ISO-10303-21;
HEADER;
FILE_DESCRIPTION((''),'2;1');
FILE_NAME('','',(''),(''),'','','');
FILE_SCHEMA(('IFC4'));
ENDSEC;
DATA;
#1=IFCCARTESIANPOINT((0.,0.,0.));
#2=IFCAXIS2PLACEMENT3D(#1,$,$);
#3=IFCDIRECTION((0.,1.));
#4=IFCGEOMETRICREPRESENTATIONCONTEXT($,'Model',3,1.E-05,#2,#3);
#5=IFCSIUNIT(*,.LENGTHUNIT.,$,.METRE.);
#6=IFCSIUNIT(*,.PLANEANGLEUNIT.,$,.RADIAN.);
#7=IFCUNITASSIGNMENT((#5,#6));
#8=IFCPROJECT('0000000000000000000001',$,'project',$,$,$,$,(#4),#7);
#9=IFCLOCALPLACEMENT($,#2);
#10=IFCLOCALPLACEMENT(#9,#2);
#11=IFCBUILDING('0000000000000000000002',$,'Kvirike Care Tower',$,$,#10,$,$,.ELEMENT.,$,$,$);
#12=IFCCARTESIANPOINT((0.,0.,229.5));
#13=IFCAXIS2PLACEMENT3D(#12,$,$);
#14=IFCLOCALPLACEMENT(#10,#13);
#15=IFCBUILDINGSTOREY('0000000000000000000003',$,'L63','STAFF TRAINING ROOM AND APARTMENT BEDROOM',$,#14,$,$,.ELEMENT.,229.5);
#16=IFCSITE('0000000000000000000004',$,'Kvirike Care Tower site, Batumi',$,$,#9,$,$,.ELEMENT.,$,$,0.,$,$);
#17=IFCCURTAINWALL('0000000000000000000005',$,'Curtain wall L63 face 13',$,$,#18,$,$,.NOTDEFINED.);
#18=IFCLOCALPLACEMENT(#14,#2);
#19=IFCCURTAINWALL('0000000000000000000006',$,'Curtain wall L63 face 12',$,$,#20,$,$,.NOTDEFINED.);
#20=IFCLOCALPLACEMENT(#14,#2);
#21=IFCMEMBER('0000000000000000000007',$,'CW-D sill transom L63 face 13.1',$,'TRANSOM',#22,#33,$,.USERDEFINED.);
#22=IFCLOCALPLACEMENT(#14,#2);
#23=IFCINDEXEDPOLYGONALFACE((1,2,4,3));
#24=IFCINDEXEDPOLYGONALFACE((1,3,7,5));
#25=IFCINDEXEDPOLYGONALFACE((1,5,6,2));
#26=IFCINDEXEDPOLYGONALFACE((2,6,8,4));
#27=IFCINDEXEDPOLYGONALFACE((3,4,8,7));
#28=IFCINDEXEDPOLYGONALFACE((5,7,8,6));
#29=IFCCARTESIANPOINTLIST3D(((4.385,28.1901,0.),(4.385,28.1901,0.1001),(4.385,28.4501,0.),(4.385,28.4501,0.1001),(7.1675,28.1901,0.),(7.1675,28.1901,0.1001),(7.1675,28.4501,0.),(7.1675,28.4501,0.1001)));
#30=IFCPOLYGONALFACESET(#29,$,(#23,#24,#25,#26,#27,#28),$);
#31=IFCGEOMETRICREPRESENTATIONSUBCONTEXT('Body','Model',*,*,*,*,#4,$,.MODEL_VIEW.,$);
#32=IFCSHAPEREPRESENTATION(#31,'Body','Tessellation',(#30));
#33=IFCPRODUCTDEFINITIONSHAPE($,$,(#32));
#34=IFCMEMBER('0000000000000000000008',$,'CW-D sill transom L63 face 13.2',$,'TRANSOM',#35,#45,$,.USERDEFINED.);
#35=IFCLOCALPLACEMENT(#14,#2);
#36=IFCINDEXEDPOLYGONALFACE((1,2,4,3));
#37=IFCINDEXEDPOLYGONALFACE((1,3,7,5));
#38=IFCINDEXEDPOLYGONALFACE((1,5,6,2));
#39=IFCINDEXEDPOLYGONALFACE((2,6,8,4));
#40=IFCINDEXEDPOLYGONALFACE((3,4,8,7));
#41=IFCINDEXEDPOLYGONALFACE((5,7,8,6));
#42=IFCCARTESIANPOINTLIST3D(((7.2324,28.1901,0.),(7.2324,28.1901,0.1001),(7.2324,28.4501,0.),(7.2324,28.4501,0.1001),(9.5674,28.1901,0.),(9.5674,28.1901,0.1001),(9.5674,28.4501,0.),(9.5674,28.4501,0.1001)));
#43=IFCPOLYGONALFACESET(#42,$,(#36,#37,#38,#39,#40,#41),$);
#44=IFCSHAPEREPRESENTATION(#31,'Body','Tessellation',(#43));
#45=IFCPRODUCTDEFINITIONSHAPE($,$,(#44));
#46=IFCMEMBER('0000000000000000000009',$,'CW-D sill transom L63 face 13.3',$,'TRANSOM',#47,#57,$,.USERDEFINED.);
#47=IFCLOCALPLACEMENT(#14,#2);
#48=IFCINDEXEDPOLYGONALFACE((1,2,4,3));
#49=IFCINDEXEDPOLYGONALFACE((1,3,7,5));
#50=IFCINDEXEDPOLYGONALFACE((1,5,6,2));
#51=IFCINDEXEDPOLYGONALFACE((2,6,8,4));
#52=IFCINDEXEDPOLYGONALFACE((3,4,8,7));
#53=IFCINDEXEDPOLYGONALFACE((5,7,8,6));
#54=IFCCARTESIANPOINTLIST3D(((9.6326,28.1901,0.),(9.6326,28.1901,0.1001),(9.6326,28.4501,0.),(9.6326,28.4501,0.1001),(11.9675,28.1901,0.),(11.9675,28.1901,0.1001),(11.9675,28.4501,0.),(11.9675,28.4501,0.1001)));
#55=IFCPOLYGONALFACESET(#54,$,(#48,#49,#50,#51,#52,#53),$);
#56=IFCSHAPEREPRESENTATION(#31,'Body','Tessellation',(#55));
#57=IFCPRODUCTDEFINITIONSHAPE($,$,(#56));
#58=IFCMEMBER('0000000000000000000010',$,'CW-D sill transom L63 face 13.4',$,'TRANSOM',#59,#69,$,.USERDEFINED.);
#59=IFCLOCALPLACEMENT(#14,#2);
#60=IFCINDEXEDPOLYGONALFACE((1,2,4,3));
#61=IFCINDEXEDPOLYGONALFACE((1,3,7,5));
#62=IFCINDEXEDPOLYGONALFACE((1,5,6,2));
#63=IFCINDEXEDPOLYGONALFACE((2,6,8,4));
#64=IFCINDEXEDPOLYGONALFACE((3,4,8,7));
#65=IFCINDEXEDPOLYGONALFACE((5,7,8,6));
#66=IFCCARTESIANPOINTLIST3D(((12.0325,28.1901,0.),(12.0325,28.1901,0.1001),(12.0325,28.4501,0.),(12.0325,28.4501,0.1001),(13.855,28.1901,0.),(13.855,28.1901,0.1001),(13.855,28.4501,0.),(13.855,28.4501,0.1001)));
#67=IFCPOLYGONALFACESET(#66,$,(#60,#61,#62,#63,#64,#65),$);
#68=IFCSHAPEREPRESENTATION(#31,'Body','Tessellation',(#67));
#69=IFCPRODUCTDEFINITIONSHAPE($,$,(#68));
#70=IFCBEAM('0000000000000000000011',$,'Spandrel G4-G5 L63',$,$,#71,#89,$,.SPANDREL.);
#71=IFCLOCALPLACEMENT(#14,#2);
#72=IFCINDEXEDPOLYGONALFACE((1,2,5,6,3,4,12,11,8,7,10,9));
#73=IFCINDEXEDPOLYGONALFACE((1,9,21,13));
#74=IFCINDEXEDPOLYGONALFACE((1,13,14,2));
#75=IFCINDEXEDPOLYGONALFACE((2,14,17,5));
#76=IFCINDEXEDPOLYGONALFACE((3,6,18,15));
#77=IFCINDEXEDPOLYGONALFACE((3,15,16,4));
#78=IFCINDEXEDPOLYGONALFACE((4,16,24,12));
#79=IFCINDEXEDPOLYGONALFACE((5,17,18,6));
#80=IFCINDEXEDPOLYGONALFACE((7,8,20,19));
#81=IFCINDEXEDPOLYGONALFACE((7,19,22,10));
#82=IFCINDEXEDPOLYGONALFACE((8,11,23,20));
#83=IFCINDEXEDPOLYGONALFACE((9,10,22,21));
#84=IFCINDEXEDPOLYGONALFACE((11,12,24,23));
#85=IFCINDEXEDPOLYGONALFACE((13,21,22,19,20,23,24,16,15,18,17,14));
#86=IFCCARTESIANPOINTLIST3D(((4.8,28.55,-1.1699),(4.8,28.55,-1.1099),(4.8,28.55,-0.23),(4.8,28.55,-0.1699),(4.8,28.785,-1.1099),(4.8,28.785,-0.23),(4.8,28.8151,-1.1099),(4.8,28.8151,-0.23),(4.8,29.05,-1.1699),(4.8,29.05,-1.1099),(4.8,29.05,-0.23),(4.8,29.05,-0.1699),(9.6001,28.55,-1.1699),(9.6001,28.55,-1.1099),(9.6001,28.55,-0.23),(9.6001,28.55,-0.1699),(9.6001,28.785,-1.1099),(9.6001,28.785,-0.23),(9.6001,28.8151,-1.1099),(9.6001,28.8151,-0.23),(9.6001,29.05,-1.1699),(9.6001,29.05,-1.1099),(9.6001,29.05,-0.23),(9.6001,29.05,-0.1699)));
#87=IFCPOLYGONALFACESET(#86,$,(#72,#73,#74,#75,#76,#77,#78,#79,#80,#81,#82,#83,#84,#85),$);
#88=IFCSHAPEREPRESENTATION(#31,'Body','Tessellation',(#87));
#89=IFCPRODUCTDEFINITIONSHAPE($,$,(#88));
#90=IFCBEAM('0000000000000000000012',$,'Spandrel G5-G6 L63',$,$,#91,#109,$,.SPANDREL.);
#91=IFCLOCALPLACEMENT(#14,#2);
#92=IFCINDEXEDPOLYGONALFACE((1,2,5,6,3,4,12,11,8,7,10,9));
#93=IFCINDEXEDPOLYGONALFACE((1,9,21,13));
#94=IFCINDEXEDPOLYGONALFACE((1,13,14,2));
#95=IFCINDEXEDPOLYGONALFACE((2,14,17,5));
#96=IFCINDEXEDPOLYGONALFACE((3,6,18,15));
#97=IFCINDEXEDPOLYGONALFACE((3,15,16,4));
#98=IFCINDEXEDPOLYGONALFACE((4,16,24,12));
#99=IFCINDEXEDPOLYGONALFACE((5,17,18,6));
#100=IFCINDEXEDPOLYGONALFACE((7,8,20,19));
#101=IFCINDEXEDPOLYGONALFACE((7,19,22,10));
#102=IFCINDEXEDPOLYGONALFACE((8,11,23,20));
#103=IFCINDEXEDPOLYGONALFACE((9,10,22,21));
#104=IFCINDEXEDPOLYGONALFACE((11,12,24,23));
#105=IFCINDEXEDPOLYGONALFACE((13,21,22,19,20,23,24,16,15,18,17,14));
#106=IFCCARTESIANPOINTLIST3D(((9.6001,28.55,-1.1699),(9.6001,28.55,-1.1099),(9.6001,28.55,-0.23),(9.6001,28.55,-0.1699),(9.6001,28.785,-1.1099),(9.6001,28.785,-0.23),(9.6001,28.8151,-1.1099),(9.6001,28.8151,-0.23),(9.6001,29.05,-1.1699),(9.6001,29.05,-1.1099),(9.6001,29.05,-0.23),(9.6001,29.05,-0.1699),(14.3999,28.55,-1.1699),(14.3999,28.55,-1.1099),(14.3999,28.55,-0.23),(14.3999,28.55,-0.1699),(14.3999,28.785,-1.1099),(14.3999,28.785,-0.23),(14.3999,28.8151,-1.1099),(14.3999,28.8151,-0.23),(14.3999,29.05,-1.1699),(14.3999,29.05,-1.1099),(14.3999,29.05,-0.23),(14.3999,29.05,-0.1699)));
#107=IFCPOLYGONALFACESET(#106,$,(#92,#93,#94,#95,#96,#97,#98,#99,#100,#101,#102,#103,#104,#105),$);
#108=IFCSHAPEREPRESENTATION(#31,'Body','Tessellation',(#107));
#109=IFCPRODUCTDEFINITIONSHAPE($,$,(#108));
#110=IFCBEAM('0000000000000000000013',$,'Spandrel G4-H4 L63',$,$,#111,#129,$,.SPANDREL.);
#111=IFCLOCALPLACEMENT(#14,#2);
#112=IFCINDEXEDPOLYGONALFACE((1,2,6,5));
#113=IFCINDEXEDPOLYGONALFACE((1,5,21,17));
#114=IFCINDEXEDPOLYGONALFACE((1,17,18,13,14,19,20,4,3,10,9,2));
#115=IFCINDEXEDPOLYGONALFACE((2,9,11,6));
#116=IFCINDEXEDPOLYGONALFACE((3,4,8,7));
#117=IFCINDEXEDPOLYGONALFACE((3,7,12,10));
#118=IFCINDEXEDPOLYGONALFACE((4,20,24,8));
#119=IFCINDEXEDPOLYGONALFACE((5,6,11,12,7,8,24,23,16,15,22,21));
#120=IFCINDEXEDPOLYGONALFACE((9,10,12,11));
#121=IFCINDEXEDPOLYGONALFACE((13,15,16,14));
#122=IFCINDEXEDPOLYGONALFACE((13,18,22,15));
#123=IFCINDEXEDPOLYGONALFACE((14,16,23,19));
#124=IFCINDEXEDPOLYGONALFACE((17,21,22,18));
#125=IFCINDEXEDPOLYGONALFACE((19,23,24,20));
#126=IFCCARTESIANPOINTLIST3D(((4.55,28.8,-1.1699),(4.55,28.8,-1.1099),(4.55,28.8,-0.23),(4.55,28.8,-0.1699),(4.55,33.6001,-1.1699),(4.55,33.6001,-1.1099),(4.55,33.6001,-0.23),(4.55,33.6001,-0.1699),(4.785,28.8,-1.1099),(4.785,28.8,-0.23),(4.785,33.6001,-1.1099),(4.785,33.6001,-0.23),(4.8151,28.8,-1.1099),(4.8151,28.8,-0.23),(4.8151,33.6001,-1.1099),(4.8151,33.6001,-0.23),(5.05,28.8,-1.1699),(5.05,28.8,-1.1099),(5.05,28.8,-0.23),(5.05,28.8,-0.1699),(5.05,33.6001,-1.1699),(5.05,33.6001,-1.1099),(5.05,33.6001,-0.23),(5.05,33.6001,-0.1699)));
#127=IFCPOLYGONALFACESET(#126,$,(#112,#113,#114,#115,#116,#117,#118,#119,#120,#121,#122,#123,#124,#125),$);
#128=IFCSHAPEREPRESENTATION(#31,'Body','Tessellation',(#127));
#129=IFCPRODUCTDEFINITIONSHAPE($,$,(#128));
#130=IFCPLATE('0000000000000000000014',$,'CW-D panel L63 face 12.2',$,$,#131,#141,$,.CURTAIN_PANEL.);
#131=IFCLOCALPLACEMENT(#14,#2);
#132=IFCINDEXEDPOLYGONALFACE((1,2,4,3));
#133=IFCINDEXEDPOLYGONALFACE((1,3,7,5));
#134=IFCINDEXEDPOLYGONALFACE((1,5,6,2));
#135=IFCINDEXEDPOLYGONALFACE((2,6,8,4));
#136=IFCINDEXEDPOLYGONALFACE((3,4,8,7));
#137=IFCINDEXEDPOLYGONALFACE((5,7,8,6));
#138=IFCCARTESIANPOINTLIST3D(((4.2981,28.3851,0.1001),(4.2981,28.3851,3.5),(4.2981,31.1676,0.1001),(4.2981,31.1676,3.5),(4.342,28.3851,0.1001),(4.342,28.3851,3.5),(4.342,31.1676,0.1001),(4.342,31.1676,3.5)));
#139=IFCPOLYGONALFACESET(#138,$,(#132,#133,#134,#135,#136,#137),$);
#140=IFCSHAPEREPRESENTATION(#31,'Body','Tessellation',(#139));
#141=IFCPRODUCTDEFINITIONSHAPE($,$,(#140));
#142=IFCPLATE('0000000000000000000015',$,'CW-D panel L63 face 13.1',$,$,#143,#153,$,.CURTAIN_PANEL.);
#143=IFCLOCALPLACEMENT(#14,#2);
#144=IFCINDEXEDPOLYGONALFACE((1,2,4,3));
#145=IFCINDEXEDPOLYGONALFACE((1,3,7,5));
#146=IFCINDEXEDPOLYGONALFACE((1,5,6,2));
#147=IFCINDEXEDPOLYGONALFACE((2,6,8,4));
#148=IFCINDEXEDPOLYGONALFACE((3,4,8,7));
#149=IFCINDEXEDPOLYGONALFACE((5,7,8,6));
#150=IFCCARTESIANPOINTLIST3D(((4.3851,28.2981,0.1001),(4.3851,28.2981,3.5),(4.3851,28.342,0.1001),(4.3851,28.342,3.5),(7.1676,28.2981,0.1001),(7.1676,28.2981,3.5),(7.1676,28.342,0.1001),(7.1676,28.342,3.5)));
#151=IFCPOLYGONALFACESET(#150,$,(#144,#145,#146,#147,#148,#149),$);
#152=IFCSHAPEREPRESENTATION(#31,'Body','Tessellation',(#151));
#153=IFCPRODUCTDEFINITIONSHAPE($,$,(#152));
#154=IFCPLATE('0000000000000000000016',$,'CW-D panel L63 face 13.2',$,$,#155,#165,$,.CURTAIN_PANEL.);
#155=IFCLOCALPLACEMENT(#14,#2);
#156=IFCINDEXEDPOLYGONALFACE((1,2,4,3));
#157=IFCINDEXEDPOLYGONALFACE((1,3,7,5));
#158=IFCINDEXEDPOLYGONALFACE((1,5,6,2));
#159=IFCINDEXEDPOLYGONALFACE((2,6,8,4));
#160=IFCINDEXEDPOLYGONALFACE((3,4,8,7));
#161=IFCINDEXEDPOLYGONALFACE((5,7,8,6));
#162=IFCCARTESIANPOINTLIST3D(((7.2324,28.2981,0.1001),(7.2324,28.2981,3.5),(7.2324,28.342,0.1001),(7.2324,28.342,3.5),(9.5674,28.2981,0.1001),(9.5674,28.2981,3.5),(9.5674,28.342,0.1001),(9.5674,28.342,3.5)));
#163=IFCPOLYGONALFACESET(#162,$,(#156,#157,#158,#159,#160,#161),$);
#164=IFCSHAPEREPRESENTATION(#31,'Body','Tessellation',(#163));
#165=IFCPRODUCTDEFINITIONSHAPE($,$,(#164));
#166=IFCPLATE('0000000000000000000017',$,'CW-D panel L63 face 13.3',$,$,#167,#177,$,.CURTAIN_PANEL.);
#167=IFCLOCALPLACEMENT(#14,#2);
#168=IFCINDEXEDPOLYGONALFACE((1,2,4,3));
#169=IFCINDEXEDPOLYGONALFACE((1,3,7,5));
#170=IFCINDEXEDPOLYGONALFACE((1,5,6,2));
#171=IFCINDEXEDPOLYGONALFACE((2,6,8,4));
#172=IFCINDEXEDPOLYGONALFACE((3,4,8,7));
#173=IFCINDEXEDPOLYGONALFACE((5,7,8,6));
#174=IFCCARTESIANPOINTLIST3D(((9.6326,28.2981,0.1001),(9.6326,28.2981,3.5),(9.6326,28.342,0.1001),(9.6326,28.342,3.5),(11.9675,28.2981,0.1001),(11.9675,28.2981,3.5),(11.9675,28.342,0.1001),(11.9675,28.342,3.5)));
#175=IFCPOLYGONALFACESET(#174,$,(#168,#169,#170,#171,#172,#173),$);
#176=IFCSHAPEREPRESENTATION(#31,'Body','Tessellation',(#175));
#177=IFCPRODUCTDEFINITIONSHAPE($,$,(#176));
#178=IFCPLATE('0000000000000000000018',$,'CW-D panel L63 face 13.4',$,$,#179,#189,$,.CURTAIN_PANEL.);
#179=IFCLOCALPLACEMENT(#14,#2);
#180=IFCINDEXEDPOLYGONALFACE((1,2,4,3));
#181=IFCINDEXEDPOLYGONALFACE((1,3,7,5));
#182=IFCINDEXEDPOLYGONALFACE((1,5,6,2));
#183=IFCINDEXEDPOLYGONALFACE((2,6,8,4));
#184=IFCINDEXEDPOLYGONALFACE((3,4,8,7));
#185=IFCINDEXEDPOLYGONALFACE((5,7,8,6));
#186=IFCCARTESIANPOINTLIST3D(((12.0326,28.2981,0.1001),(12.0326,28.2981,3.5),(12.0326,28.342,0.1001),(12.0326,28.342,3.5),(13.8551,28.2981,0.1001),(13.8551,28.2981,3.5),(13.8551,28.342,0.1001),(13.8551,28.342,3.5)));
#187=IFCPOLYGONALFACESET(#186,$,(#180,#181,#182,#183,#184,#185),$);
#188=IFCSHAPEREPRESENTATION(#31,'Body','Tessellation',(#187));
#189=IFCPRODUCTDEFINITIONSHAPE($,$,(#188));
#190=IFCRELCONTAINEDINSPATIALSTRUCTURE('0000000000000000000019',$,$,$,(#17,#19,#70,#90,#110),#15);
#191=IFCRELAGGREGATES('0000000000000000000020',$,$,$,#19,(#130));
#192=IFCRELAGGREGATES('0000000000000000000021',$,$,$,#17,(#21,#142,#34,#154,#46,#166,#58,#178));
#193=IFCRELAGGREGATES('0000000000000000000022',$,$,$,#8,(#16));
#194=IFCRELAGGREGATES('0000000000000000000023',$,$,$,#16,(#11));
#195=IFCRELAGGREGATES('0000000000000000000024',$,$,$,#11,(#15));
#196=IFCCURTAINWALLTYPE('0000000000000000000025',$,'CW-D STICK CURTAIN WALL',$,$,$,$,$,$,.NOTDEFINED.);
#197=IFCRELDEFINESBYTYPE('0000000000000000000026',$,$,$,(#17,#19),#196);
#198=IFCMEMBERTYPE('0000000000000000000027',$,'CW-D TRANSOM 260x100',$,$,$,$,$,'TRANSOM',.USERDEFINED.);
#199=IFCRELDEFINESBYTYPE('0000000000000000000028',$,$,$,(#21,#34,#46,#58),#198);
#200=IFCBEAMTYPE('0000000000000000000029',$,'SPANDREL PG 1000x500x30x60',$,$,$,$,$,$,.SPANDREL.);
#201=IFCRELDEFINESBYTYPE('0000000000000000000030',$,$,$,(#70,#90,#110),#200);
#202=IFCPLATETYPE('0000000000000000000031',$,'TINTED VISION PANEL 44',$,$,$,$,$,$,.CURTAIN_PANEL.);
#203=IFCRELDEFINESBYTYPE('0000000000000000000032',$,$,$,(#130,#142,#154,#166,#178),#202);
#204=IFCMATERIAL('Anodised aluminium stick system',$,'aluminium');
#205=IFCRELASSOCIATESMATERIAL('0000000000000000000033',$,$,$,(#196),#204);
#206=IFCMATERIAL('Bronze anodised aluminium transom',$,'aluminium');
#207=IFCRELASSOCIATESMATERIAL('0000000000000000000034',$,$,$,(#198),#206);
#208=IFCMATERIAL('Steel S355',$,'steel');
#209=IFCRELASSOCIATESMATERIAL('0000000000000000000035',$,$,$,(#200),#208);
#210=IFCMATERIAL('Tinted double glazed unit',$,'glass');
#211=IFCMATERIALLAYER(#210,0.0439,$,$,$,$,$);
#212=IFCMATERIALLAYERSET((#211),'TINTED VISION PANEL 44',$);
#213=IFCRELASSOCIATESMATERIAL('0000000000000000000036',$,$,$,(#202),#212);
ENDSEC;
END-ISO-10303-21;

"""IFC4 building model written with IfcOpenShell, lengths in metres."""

from ifc_helpers import new_model, si_unit, direction, frame, origin, origin_2d, place, context, subcontext, project, spatial, rectangle, i_section, extrude, material, layer, layer_set, material_profile, profile_set, type_object, element, aggregate, save


model = new_model("IFC4")

# Units and contexts
model_context = context("Model", 3, precision=1e-05, world=origin(), true_north=direction((0.0, 1.0)))
body_context = subcontext(model_context, "Body", "Model", "MODEL_VIEW")
ifc_project = project(units=[si_unit("LENGTHUNIT", "METRE"), si_unit("PLANEANGLEUNIT", "RADIAN")], contexts=[model_context])

# Site, building, storey
site_placement = place(None, origin())
site = spatial("IfcSite", under=ifc_project, at=site_placement, Name="Kvirike Care Tower site, Batumi", CompositionType="ELEMENT", RefElevation=0.0)
building_placement = place(site_placement, origin())
building = spatial("IfcBuilding", under=site, at=building_placement, Name="Kvirike Care Tower", CompositionType="ELEMENT")
storey_placement = place(building_placement, frame((0.0, 0.0, 229.5)))
storey = spatial("IfcBuildingStorey", under=building, at=storey_placement, Name="L63", Description="STAFF TRAINING ROOM AND APARTMENT BEDROOM", CompositionType="ELEMENT", Elevation=229.5)

# Curtain wall
ifc_material_1 = material(Name="Anodised aluminium stick system", Category="aluminium")
curtain_wall_type = type_object("IfcCurtainWallType", Name="CW-D STICK CURTAIN WALL", PredefinedType="NOTDEFINED", material=ifc_material_1)
curtain_wall_1_placement = place(storey_placement, origin())
curtain_wall_1 = element("IfcCurtainWall", 1, at=curtain_wall_1_placement, inside=storey, type_object=curtain_wall_type, Name="Curtain wall L63 face 13", PredefinedType="NOTDEFINED")

# Curtain wall
curtain_wall_2_placement = place(storey_placement, origin())
curtain_wall_2 = element("IfcCurtainWall", 2, at=curtain_wall_2_placement, inside=storey, type_object=curtain_wall_type, Name="Curtain wall L63 face 12", PredefinedType="NOTDEFINED")

# Members
ifc_material_2 = material(Name="Bronze anodised aluminium transom", Category="aluminium")
ifc_material_profile_1 = material_profile(ifc_material_2, rectangle(XDim=0.26, YDim=0.1001, at=origin_2d()), Name="CW-D TRANSOM 260x100")
ifc_profile_set_1 = profile_set([ifc_material_profile_1], Name="Bronze anodised aluminium transom")
member_type_1 = type_object("IfcMemberType", Name="CW-D TRANSOM 260x100", ElementType="TRANSOM", PredefinedType="USERDEFINED", material=ifc_profile_set_1)
member_1_placement = place(storey_placement, frame((4.385, 28.3201, 0.05), z_axis=(1.0, 0.0, 0.0), x_axis=(0.0, 1.0, 0.0)))
member_1 = element("IfcMember", 3, at=member_1_placement, type_object=member_type_1, Name="CW-D sill transom L63 face 13.1", ObjectType="TRANSOM", PredefinedType="USERDEFINED", context=body_context, shape_type="SweptSolid", body=[
    extrude(rectangle(XDim=0.26, YDim=0.1001, at=origin_2d()), origin(), (0.0, 0.0, 1.0), 2.7825),
])
member_2_placement = place(storey_placement, frame((7.2324, 28.3201, 0.05), z_axis=(1.0, 0.0, 0.0), x_axis=(0.0, 1.0, 0.0)))
member_2 = element("IfcMember", 4, at=member_2_placement, type_object=member_type_1, Name="CW-D sill transom L63 face 13.2", ObjectType="TRANSOM", PredefinedType="USERDEFINED", context=body_context, shape_type="SweptSolid", body=[
    extrude(rectangle(XDim=0.26, YDim=0.1001, at=origin_2d()), origin(), (0.0, 0.0, 1.0), 2.335),
])
member_3_placement = place(storey_placement, frame((9.6326, 28.3201, 0.05), z_axis=(1.0, 0.0, 0.0), x_axis=(0.0, 1.0, 0.0)))
member_3 = element("IfcMember", 5, at=member_3_placement, type_object=member_type_1, Name="CW-D sill transom L63 face 13.3", ObjectType="TRANSOM", PredefinedType="USERDEFINED", context=body_context, shape_type="SweptSolid", body=[
    extrude(rectangle(XDim=0.26, YDim=0.1001, at=origin_2d()), origin(), (0.0, 0.0, 1.0), 2.335),
])
member_4_placement = place(storey_placement, frame((12.0325, 28.3201, 0.05), z_axis=(1.0, 0.0, 0.0), x_axis=(0.0, 1.0, 0.0)))
member_4 = element("IfcMember", 6, at=member_4_placement, type_object=member_type_1, Name="CW-D sill transom L63 face 13.4", ObjectType="TRANSOM", PredefinedType="USERDEFINED", context=body_context, shape_type="SweptSolid", body=[
    extrude(rectangle(XDim=0.26, YDim=0.1001, at=origin_2d()), origin(), (0.0, 0.0, 1.0), 1.8225),
])

# Beams
ifc_material_3 = material(Name="Steel S355", Category="steel")
ifc_material_profile_2 = material_profile(ifc_material_3, i_section(OverallWidth=0.5, OverallDepth=1.0, WebThickness=0.03, FlangeThickness=0.0601, at=origin_2d()), Name="PG 1000x500x30x60")
ifc_profile_set_2 = profile_set([ifc_material_profile_2], Name="Steel S355")
beam_type = type_object("IfcBeamType", Name="SPANDREL PG 1000x500x30x60", PredefinedType="SPANDREL", material=ifc_profile_set_2)
beam_1_placement = place(storey_placement, frame((4.8, 28.8, -0.6699), z_axis=(1.0, 0.0, 0.0), x_axis=(0.0, 1.0, 0.0)))
element("IfcBeam", 7, at=beam_1_placement, inside=storey, type_object=beam_type, Name="Spandrel G4-G5 L63", PredefinedType="SPANDREL", context=body_context, shape_type="SweptSolid", body=[
    extrude(i_section(OverallWidth=0.5, OverallDepth=1.0, WebThickness=0.03, FlangeThickness=0.0601, at=origin_2d()), origin(), (0.0, 0.0, 1.0), 4.8),
])
beam_2_placement = place(storey_placement, frame((9.6001, 28.8, -0.6699), z_axis=(1.0, 0.0, 0.0), x_axis=(0.0, 1.0, 0.0)))
element("IfcBeam", 8, at=beam_2_placement, inside=storey, type_object=beam_type, Name="Spandrel G5-G6 L63", PredefinedType="SPANDREL", context=body_context, shape_type="SweptSolid", body=[
    extrude(i_section(OverallWidth=0.5, OverallDepth=1.0, WebThickness=0.03, FlangeThickness=0.0601, at=origin_2d()), origin(), (0.0, 0.0, 1.0), 4.7998),
])
beam_3_placement = place(storey_placement, frame((4.8, 28.8, -0.6699), z_axis=(0.0, 1.0, 0.0), x_axis=(-1.0, 0.0, 0.0)))
element("IfcBeam", 9, at=beam_3_placement, inside=storey, type_object=beam_type, Name="Spandrel G4-H4 L63", PredefinedType="SPANDREL", context=body_context, shape_type="SweptSolid", body=[
    extrude(i_section(OverallWidth=0.5, OverallDepth=1.0, WebThickness=0.03, FlangeThickness=0.0601, at=origin_2d()), origin(), (0.0, 0.0, 1.0), 4.8),
])

# Plates
ifc_material_4 = material(Name="Tinted double glazed unit", Category="glass")
ifc_layer_1 = layer(ifc_material_4, 0.0439)
ifc_layer_set_1 = layer_set([ifc_layer_1], Name="TINTED VISION PANEL 44")
plate_type = type_object("IfcPlateType", Name="TINTED VISION PANEL 44", PredefinedType="CURTAIN_PANEL", material=ifc_layer_set_1)
plate_1_placement = place(storey_placement, frame((4.3201, 29.7764, 0.1001), z_axis=(0.0, 0.0, 1.0), x_axis=(0.0, -1.0, 0.0)))
plate_1 = element("IfcPlate", 10, at=plate_1_placement, type_object=plate_type, Name="CW-D panel L63 face 12.2", PredefinedType="CURTAIN_PANEL", context=body_context, shape_type="SweptSolid", body=[
    extrude(rectangle(XDim=2.7825, YDim=0.0439, at=origin_2d()), origin(), (0.0, 0.0, 1.0), 3.3999),
])
aggregate(curtain_wall_2, [plate_1])
plate_2_placement = place(storey_placement, frame((5.7764, 28.3201, 0.1001), z_axis=(0.0, 0.0, 1.0), x_axis=(1.0, 0.0, 0.0)))
plate_2 = element("IfcPlate", 11, at=plate_2_placement, type_object=plate_type, Name="CW-D panel L63 face 13.1", PredefinedType="CURTAIN_PANEL", context=body_context, shape_type="SweptSolid", body=[
    extrude(rectangle(XDim=2.7825, YDim=0.0439, at=origin_2d()), origin(), (0.0, 0.0, 1.0), 3.3999),
])
plate_3_placement = place(storey_placement, frame((8.3999, 28.3201, 0.1001), z_axis=(0.0, 0.0, 1.0), x_axis=(1.0, 0.0, 0.0)))
plate_3 = element("IfcPlate", 12, at=plate_3_placement, type_object=plate_type, Name="CW-D panel L63 face 13.2", PredefinedType="CURTAIN_PANEL", context=body_context, shape_type="SweptSolid", body=[
    extrude(rectangle(XDim=2.335, YDim=0.0439, at=origin_2d()), origin(), (0.0, 0.0, 1.0), 3.3999),
])
plate_4_placement = place(storey_placement, frame((10.8, 28.3201, 0.1001), z_axis=(0.0, 0.0, 1.0), x_axis=(1.0, 0.0, 0.0)))
plate_4 = element("IfcPlate", 13, at=plate_4_placement, type_object=plate_type, Name="CW-D panel L63 face 13.3", PredefinedType="CURTAIN_PANEL", context=body_context, shape_type="SweptSolid", body=[
    extrude(rectangle(XDim=2.335, YDim=0.0439, at=origin_2d()), origin(), (0.0, 0.0, 1.0), 3.3999),
])
plate_5_placement = place(storey_placement, frame((12.9438, 28.3201, 0.1001), z_axis=(0.0, 0.0, 1.0), x_axis=(1.0, 0.0, 0.0)))
plate_5 = element("IfcPlate", 14, at=plate_5_placement, type_object=plate_type, Name="CW-D panel L63 face 13.4", PredefinedType="CURTAIN_PANEL", context=body_context, shape_type="SweptSolid", body=[
    extrude(rectangle(XDim=1.8225, YDim=0.0439, at=origin_2d()), origin(), (0.0, 0.0, 1.0), 3.3999),
])
aggregate(curtain_wall_1, [member_1, plate_2, member_2, plate_3, member_3, plate_4, member_4, plate_5])

save(model, "model.ifc")
